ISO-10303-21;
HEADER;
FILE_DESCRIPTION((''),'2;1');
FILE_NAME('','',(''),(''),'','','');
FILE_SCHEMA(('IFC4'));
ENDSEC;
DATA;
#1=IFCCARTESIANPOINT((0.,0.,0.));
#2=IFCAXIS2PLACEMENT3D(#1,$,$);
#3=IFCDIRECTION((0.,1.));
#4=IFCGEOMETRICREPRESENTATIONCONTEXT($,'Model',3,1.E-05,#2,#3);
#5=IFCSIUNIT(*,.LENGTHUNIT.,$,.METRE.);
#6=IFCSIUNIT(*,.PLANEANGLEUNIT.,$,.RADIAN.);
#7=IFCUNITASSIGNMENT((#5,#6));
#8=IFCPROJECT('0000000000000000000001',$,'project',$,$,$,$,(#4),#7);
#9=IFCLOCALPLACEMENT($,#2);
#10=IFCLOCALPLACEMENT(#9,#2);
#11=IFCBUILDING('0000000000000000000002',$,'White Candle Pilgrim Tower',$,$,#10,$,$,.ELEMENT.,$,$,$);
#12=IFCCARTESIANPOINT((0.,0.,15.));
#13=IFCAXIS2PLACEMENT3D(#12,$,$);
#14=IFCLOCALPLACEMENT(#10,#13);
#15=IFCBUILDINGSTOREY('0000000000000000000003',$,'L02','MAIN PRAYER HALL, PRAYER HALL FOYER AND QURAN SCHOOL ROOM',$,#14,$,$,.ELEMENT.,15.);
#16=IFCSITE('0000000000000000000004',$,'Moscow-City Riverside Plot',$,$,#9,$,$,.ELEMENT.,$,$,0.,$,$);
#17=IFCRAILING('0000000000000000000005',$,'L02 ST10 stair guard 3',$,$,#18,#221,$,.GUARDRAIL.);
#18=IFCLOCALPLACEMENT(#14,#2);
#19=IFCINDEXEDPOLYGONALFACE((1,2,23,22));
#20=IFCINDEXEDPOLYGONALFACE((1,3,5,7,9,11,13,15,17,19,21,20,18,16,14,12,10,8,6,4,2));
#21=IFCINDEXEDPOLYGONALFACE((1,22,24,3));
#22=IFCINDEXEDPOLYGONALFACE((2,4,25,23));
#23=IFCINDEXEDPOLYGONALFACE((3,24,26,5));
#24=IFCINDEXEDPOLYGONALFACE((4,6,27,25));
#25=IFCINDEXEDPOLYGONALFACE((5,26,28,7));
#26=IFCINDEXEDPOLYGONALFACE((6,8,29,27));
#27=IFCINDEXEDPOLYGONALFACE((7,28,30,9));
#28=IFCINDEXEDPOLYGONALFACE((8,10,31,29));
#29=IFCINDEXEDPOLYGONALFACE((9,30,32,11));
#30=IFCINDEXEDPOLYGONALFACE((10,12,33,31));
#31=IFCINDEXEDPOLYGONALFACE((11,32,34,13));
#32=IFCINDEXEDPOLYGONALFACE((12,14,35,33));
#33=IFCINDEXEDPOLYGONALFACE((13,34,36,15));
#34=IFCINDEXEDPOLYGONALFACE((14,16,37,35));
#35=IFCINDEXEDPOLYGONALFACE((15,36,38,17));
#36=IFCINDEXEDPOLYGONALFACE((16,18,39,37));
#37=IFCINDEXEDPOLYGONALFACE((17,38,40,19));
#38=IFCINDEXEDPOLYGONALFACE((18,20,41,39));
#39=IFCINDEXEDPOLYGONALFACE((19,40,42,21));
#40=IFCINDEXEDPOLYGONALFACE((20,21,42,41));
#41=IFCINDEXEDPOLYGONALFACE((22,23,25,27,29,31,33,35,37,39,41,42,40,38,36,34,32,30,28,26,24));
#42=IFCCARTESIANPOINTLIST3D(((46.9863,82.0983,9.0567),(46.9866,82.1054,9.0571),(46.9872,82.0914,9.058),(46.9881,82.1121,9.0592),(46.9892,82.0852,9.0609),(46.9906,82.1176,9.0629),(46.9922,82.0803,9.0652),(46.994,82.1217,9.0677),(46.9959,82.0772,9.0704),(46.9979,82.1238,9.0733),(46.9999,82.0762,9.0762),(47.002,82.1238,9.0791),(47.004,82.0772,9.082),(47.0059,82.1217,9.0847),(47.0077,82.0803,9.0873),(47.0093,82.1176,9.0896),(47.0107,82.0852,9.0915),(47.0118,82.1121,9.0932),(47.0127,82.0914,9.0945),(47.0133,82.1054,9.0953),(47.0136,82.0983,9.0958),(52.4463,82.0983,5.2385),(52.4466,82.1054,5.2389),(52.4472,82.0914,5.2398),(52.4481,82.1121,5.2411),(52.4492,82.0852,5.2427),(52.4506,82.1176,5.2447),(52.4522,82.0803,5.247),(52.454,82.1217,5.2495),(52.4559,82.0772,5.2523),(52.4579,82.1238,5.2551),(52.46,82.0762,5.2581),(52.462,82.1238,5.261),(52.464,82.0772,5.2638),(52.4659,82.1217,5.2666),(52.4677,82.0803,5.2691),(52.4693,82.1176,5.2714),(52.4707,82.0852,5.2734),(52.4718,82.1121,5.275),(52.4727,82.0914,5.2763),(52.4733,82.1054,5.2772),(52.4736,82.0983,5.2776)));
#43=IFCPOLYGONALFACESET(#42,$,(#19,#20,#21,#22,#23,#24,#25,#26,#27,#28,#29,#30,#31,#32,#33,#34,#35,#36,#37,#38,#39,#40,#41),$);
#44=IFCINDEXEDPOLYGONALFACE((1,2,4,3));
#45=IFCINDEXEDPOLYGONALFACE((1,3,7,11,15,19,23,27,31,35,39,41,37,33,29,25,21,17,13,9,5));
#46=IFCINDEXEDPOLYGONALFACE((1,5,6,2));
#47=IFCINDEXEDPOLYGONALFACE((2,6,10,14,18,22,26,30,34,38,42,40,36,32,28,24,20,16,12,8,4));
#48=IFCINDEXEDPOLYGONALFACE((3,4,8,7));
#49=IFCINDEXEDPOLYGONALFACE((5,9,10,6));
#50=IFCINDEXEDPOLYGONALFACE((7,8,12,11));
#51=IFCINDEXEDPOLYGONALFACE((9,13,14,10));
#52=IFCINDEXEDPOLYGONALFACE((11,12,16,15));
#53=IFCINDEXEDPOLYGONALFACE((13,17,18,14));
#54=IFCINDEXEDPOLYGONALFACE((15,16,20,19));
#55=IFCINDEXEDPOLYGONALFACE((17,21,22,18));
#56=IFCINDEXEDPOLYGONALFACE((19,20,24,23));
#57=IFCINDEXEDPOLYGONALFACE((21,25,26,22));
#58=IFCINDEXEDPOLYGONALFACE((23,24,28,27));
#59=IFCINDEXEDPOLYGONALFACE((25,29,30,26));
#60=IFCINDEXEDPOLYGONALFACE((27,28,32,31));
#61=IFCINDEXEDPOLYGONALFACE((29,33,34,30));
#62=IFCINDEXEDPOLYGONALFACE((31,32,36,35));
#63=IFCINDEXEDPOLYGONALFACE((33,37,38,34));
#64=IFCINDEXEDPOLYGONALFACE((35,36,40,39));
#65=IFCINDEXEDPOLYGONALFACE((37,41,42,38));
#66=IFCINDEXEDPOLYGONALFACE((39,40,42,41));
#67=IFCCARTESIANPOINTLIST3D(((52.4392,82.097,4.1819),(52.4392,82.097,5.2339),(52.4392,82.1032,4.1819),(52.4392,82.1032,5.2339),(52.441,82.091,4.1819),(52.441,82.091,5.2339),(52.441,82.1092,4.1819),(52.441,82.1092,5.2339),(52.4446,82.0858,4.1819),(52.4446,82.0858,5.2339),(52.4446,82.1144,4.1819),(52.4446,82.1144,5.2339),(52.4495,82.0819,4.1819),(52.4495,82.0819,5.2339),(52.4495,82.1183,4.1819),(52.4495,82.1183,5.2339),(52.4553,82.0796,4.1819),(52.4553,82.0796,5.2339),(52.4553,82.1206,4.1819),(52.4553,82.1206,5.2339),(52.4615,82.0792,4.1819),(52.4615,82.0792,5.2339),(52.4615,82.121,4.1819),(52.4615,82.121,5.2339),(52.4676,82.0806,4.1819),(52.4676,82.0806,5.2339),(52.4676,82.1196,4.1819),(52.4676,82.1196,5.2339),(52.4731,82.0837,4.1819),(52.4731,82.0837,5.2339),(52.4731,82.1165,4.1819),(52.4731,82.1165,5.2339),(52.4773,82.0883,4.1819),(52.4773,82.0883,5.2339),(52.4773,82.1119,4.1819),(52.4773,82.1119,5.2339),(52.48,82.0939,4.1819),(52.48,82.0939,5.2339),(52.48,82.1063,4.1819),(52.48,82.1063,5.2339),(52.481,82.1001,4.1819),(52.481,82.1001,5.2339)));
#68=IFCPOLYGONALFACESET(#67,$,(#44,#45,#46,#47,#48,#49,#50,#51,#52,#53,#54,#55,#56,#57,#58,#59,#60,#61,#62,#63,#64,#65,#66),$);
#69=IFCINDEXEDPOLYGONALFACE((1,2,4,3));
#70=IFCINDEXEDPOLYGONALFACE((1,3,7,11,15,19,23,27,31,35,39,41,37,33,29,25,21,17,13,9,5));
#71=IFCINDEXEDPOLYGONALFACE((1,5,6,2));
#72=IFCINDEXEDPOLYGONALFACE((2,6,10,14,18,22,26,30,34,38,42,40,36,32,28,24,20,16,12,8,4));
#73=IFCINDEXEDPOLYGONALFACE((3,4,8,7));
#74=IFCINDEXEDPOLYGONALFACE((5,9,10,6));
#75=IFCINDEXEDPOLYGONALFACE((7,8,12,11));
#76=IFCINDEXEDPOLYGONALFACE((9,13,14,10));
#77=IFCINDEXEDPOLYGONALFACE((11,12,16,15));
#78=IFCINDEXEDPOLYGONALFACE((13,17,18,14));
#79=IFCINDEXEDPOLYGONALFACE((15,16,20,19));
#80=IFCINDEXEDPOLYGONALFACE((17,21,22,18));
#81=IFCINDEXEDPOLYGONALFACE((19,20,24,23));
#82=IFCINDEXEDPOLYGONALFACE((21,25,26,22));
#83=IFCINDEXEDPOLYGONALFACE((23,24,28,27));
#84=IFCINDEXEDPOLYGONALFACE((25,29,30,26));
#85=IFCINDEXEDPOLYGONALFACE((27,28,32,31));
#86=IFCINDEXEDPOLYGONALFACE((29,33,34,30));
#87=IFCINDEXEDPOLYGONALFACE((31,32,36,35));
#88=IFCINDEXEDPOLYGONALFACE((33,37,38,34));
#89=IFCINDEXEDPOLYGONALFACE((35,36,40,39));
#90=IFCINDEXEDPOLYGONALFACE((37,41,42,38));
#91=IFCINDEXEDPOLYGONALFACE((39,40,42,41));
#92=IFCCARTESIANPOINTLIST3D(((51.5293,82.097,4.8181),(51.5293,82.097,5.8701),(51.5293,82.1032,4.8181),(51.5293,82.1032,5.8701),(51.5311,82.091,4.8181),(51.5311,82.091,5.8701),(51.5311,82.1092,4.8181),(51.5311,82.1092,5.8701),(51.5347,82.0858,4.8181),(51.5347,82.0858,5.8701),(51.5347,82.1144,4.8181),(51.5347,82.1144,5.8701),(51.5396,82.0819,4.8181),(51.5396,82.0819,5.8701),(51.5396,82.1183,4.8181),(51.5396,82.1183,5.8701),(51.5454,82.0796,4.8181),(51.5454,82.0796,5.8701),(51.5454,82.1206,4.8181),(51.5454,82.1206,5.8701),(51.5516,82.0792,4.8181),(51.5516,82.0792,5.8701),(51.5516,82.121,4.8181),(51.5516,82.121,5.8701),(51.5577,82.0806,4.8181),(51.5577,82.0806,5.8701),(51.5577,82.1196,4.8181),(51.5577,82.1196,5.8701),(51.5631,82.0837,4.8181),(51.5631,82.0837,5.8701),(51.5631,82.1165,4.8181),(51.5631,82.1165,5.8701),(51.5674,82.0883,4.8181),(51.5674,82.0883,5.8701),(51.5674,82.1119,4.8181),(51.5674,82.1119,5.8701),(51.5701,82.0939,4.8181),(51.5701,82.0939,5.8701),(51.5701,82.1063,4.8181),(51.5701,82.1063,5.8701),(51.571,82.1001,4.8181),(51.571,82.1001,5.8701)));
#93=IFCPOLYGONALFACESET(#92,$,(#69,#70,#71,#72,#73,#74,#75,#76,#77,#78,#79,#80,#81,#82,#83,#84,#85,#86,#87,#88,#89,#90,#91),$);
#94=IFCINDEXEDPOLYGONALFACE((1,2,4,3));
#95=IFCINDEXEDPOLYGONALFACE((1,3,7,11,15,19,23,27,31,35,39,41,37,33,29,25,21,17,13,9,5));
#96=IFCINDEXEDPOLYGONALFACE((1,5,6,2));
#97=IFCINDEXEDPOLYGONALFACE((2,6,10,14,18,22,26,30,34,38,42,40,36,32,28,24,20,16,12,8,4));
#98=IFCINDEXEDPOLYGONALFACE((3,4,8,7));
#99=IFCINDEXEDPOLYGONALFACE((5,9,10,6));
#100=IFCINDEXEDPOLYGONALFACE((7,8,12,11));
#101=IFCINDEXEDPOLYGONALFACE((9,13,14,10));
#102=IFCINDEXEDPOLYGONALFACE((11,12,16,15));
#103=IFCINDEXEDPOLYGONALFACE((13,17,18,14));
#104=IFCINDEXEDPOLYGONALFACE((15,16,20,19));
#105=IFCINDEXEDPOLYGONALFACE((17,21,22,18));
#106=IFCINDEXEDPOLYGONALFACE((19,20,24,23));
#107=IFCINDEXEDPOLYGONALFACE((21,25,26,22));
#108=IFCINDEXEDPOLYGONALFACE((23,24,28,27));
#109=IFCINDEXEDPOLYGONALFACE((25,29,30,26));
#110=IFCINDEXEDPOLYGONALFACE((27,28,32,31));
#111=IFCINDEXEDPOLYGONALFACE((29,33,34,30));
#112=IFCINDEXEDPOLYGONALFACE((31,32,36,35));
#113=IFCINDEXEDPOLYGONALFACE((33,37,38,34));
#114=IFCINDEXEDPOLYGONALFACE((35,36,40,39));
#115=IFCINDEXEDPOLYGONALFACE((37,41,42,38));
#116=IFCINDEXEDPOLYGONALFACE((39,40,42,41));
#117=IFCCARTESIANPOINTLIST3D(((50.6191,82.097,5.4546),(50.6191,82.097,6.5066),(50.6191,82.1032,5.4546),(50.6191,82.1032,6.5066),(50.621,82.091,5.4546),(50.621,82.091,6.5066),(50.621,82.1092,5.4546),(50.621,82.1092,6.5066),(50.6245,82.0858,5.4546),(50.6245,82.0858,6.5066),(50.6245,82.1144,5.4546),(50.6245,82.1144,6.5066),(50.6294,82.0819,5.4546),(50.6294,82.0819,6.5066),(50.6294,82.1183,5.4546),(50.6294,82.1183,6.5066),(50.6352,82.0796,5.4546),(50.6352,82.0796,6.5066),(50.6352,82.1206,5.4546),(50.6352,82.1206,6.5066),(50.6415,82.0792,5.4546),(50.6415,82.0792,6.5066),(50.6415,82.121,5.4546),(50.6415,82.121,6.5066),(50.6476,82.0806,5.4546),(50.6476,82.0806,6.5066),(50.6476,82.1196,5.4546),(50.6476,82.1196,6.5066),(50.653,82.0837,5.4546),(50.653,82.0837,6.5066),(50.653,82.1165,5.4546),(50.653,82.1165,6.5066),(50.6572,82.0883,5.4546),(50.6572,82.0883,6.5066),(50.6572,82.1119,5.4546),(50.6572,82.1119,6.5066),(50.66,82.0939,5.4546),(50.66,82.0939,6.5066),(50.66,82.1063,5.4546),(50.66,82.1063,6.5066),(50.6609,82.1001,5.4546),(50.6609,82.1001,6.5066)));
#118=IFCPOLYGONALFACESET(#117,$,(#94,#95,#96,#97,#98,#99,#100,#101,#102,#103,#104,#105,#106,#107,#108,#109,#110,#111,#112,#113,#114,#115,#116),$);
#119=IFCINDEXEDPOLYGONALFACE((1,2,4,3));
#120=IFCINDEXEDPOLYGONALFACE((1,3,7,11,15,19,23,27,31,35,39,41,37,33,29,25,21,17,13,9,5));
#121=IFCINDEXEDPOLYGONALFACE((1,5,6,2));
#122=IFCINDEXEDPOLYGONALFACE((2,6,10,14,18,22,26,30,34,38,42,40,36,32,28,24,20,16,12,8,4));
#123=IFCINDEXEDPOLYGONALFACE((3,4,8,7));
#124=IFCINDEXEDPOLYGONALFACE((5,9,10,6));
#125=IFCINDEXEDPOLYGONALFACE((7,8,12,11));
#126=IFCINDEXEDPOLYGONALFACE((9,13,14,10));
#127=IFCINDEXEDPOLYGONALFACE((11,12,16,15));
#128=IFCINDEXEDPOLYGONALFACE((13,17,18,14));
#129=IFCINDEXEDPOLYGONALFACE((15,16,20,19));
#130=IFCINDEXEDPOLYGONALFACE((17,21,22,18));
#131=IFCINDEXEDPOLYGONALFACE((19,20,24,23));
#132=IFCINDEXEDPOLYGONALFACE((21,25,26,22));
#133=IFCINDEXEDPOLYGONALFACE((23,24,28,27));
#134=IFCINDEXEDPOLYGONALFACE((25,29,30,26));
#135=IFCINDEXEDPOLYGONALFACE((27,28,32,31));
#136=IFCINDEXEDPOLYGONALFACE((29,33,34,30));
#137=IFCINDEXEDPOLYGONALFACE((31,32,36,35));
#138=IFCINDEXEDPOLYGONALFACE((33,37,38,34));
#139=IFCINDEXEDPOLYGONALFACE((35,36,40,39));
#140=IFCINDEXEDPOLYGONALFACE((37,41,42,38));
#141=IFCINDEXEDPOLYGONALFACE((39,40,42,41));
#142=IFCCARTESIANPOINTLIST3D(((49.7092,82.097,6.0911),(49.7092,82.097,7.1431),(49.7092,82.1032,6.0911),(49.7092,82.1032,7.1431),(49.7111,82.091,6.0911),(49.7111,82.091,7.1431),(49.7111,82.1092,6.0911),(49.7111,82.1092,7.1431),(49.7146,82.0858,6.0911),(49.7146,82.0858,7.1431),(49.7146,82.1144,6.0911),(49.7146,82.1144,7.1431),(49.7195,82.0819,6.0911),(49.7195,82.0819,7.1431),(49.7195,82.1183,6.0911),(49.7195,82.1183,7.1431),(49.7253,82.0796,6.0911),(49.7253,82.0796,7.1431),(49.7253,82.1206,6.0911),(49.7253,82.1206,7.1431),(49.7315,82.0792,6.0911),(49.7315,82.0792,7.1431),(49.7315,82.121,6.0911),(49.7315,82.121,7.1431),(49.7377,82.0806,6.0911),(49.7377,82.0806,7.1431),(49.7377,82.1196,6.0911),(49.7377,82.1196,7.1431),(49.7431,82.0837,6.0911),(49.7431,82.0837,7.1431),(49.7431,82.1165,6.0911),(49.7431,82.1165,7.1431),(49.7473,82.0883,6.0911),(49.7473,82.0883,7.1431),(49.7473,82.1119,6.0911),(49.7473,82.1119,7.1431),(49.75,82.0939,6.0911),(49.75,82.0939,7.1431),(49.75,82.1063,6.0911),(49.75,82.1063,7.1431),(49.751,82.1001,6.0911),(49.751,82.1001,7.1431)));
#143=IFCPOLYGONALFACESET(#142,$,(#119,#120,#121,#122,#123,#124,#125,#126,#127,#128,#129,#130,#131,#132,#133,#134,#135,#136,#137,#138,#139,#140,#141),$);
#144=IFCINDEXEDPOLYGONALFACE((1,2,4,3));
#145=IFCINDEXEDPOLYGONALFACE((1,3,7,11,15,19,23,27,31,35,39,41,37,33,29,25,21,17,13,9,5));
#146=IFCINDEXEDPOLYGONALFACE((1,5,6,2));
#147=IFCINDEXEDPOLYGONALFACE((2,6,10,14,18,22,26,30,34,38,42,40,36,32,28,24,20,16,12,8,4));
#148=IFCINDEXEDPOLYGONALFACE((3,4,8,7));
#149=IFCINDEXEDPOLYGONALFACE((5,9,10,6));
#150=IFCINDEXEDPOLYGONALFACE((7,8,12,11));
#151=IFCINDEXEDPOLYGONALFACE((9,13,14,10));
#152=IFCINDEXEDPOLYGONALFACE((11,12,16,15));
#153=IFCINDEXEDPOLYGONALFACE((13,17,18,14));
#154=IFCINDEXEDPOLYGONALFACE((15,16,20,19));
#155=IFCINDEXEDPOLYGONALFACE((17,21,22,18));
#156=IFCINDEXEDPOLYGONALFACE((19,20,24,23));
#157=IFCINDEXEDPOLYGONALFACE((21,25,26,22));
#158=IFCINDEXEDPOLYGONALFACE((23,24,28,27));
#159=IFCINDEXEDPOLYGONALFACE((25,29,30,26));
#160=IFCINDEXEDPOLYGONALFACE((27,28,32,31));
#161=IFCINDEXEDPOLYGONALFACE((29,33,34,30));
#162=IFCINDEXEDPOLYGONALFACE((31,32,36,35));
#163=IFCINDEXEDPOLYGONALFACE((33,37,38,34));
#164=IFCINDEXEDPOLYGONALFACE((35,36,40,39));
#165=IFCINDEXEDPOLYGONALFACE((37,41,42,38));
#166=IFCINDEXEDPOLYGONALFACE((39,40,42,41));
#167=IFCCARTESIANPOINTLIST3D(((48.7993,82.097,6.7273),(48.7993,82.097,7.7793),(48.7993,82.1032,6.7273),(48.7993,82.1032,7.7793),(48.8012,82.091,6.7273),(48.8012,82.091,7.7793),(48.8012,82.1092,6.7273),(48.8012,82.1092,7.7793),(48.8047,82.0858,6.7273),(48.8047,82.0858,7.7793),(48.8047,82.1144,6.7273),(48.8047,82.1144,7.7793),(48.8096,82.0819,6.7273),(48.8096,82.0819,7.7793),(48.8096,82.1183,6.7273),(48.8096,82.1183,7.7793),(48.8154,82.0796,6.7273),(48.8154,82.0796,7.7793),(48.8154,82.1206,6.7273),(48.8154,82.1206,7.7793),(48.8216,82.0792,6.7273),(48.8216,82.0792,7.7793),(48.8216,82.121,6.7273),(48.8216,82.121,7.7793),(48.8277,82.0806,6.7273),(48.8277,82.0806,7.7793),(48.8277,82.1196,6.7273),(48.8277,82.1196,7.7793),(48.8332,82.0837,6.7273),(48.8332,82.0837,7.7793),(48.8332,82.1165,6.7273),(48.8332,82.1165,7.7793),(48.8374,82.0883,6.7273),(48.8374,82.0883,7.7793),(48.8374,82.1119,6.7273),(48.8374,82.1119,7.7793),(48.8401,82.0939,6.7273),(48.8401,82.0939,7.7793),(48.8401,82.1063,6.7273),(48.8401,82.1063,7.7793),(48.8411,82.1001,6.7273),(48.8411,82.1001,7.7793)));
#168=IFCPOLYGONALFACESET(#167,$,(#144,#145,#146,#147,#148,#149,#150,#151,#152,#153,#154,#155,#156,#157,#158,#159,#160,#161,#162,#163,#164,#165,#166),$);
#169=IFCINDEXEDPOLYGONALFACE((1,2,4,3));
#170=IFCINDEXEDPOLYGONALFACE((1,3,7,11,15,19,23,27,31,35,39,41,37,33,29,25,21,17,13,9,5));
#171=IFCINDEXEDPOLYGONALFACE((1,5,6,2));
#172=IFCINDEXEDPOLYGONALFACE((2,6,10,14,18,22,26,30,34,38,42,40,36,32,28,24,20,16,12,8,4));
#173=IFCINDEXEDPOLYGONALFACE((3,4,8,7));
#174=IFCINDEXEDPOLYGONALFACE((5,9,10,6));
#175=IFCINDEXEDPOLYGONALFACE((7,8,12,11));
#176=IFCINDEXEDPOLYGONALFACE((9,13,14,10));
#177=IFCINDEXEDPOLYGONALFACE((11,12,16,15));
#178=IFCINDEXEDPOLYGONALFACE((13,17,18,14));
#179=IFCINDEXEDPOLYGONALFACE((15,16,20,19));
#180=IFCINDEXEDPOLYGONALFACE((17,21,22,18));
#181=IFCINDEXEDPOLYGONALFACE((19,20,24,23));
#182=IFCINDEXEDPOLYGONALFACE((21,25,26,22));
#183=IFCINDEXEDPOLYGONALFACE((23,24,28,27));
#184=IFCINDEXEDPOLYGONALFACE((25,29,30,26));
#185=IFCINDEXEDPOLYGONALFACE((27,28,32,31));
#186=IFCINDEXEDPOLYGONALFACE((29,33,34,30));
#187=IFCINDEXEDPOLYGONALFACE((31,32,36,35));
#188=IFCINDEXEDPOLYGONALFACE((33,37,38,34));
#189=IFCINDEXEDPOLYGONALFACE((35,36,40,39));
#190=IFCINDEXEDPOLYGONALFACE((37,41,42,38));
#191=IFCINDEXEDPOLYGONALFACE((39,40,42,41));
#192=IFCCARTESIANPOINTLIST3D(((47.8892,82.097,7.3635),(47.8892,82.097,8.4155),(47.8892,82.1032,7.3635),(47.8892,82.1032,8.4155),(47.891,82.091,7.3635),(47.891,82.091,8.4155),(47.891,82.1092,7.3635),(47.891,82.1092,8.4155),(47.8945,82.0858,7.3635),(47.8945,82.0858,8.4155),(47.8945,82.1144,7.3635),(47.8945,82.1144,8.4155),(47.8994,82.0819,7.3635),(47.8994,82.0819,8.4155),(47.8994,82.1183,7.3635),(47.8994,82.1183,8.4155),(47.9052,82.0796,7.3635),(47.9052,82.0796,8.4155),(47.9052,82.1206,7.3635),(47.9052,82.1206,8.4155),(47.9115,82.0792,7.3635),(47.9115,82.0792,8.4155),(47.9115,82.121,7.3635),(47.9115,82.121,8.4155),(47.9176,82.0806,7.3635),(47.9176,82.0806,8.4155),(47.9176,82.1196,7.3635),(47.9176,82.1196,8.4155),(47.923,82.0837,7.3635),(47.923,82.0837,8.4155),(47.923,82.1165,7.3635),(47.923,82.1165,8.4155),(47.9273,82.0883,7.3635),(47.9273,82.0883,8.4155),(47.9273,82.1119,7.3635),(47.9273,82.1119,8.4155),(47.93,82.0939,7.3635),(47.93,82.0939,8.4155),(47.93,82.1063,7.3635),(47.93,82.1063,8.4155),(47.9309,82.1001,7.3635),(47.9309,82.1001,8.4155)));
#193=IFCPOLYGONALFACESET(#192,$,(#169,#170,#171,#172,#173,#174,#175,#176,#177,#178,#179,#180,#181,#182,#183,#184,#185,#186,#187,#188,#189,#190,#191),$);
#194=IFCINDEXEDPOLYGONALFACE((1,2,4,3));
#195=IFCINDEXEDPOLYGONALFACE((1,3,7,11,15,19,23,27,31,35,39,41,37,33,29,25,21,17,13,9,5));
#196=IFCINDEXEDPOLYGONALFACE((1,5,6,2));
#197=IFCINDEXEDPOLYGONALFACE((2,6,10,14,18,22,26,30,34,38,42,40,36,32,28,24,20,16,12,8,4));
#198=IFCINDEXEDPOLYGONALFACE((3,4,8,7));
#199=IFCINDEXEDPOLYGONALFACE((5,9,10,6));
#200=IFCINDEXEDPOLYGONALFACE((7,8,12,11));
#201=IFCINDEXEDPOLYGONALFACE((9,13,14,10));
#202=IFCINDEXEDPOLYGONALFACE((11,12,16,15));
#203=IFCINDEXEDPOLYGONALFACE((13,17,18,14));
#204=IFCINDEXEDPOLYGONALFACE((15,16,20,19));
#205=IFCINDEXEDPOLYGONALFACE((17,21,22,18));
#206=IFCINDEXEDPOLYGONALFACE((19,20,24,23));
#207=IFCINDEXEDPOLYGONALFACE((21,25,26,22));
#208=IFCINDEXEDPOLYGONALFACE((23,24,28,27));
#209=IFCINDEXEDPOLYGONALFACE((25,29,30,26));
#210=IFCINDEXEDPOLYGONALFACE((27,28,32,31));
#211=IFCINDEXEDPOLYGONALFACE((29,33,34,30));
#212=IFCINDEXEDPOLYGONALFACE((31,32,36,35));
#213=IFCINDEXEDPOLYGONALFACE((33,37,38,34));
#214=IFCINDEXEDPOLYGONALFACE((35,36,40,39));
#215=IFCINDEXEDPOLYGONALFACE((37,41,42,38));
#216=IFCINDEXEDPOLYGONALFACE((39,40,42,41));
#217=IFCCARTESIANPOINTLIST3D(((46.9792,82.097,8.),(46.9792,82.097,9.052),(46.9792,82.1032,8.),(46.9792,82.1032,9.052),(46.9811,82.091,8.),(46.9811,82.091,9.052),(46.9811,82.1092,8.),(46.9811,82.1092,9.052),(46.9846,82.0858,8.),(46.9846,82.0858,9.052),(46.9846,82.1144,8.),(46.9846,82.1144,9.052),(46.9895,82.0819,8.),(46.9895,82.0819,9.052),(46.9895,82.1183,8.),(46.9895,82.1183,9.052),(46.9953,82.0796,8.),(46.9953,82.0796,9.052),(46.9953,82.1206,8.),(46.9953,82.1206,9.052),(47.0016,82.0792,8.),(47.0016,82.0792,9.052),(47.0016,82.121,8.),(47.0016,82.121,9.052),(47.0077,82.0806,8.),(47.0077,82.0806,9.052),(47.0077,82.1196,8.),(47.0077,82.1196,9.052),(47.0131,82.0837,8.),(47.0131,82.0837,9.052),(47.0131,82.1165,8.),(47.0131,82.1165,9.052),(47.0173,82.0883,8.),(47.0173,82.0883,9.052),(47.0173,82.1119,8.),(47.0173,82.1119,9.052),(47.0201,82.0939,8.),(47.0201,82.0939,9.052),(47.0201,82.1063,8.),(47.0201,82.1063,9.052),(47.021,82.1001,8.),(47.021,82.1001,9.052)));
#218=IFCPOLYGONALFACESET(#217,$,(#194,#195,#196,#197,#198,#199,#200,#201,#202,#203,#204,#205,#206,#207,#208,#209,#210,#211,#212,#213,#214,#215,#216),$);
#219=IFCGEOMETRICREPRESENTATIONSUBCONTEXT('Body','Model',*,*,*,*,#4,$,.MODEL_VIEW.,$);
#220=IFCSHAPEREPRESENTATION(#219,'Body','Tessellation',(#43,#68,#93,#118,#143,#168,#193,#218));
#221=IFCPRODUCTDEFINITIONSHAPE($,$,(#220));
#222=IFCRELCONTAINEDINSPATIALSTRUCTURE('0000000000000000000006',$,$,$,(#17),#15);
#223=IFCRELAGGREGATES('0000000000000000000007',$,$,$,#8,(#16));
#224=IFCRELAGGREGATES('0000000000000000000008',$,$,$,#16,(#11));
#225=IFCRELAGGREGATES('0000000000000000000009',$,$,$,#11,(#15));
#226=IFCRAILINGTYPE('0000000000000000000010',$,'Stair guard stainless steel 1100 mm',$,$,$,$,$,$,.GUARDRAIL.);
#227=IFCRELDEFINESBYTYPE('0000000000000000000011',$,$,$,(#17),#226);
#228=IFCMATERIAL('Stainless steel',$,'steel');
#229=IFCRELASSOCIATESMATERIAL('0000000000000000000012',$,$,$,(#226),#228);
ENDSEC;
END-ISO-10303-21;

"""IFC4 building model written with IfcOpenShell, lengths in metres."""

from ifc_helpers import new_model, si_unit, direction, frame, origin, origin_2d, place, context, subcontext, project, spatial, circle, extrude, material, type_object, element, save


model = new_model("IFC4")

# Units and contexts
model_context = context("Model", 3, precision=1e-05, world=origin(), true_north=direction((0.0, 1.0)))
body_context = subcontext(model_context, "Body", "Model", "MODEL_VIEW")
ifc_project = project(units=[si_unit("LENGTHUNIT", "METRE"), si_unit("PLANEANGLEUNIT", "RADIAN")], contexts=[model_context])

# Site, building, storey
site_placement = place(None, origin())
site = spatial("IfcSite", under=ifc_project, at=site_placement, Name="Moscow-City Riverside Plot", CompositionType="ELEMENT", RefElevation=0.0)
building_placement = place(site_placement, origin())
building = spatial("IfcBuilding", under=site, at=building_placement, Name="White Candle Pilgrim Tower", CompositionType="ELEMENT")
storey_placement = place(building_placement, frame((0.0, 0.0, 15.0)))
storey = spatial("IfcBuildingStorey", under=building, at=storey_placement, Name="L02", Description="MAIN PRAYER HALL, PRAYER HALL FOYER AND QURAN SCHOOL ROOM", CompositionType="ELEMENT", Elevation=15.0)

# Railing
ifc_material_1 = material(Name="Stainless steel", Category="steel")
railing_type_1 = type_object("IfcRailingType", Name="Stair guard stainless steel 1100 mm", PredefinedType="GUARDRAIL", material=ifc_material_1)
railing_1_placement = place(storey_placement, frame((52.46, 82.1001, 4.1819)))
element("IfcRailing", 1, at=railing_1_placement, inside=storey, type_object=railing_type_1, Name="L02 ST10 stair guard 3", PredefinedType="GUARDRAIL", context=body_context, shape_type="SweptSolid", body=[
    extrude(circle(Radius=0.0239, at=origin_2d()), frame((0.0, 0.0, 1.0762), z_axis=(-0.819504, 0.0, 0.573074), x_axis=(0.0, -1.0, 0.0)), (0.0, 0.0, 1.0), 6.6626),
    extrude(circle(Radius=0.021, at=origin_2d()), origin(), (0.0, 0.0, 1.0), 1.052),
    extrude(circle(Radius=0.021, at=origin_2d()), frame((-0.9099, 0.0, 0.6362)), (0.0, 0.0, 1.0), 1.052),
    extrude(circle(Radius=0.021, at=origin_2d()), frame((-1.8201, 0.0, 1.2727)), (0.0, 0.0, 1.0), 1.052),
    extrude(circle(Radius=0.021, at=origin_2d()), frame((-2.73, 0.0, 1.9092)), (0.0, 0.0, 1.0), 1.052),
    extrude(circle(Radius=0.021, at=origin_2d()), frame((-3.6399, 0.0, 2.5454)), (0.0, 0.0, 1.0), 1.052),
    extrude(circle(Radius=0.021, at=origin_2d()), frame((-4.55, 0.0, 3.1816)), (0.0, 0.0, 1.0), 1.052),
    extrude(circle(Radius=0.021, at=origin_2d()), frame((-5.46, 0.0, 3.8181)), (0.0, 0.0, 1.0), 1.052),
])

save(model, "model.ifc")
